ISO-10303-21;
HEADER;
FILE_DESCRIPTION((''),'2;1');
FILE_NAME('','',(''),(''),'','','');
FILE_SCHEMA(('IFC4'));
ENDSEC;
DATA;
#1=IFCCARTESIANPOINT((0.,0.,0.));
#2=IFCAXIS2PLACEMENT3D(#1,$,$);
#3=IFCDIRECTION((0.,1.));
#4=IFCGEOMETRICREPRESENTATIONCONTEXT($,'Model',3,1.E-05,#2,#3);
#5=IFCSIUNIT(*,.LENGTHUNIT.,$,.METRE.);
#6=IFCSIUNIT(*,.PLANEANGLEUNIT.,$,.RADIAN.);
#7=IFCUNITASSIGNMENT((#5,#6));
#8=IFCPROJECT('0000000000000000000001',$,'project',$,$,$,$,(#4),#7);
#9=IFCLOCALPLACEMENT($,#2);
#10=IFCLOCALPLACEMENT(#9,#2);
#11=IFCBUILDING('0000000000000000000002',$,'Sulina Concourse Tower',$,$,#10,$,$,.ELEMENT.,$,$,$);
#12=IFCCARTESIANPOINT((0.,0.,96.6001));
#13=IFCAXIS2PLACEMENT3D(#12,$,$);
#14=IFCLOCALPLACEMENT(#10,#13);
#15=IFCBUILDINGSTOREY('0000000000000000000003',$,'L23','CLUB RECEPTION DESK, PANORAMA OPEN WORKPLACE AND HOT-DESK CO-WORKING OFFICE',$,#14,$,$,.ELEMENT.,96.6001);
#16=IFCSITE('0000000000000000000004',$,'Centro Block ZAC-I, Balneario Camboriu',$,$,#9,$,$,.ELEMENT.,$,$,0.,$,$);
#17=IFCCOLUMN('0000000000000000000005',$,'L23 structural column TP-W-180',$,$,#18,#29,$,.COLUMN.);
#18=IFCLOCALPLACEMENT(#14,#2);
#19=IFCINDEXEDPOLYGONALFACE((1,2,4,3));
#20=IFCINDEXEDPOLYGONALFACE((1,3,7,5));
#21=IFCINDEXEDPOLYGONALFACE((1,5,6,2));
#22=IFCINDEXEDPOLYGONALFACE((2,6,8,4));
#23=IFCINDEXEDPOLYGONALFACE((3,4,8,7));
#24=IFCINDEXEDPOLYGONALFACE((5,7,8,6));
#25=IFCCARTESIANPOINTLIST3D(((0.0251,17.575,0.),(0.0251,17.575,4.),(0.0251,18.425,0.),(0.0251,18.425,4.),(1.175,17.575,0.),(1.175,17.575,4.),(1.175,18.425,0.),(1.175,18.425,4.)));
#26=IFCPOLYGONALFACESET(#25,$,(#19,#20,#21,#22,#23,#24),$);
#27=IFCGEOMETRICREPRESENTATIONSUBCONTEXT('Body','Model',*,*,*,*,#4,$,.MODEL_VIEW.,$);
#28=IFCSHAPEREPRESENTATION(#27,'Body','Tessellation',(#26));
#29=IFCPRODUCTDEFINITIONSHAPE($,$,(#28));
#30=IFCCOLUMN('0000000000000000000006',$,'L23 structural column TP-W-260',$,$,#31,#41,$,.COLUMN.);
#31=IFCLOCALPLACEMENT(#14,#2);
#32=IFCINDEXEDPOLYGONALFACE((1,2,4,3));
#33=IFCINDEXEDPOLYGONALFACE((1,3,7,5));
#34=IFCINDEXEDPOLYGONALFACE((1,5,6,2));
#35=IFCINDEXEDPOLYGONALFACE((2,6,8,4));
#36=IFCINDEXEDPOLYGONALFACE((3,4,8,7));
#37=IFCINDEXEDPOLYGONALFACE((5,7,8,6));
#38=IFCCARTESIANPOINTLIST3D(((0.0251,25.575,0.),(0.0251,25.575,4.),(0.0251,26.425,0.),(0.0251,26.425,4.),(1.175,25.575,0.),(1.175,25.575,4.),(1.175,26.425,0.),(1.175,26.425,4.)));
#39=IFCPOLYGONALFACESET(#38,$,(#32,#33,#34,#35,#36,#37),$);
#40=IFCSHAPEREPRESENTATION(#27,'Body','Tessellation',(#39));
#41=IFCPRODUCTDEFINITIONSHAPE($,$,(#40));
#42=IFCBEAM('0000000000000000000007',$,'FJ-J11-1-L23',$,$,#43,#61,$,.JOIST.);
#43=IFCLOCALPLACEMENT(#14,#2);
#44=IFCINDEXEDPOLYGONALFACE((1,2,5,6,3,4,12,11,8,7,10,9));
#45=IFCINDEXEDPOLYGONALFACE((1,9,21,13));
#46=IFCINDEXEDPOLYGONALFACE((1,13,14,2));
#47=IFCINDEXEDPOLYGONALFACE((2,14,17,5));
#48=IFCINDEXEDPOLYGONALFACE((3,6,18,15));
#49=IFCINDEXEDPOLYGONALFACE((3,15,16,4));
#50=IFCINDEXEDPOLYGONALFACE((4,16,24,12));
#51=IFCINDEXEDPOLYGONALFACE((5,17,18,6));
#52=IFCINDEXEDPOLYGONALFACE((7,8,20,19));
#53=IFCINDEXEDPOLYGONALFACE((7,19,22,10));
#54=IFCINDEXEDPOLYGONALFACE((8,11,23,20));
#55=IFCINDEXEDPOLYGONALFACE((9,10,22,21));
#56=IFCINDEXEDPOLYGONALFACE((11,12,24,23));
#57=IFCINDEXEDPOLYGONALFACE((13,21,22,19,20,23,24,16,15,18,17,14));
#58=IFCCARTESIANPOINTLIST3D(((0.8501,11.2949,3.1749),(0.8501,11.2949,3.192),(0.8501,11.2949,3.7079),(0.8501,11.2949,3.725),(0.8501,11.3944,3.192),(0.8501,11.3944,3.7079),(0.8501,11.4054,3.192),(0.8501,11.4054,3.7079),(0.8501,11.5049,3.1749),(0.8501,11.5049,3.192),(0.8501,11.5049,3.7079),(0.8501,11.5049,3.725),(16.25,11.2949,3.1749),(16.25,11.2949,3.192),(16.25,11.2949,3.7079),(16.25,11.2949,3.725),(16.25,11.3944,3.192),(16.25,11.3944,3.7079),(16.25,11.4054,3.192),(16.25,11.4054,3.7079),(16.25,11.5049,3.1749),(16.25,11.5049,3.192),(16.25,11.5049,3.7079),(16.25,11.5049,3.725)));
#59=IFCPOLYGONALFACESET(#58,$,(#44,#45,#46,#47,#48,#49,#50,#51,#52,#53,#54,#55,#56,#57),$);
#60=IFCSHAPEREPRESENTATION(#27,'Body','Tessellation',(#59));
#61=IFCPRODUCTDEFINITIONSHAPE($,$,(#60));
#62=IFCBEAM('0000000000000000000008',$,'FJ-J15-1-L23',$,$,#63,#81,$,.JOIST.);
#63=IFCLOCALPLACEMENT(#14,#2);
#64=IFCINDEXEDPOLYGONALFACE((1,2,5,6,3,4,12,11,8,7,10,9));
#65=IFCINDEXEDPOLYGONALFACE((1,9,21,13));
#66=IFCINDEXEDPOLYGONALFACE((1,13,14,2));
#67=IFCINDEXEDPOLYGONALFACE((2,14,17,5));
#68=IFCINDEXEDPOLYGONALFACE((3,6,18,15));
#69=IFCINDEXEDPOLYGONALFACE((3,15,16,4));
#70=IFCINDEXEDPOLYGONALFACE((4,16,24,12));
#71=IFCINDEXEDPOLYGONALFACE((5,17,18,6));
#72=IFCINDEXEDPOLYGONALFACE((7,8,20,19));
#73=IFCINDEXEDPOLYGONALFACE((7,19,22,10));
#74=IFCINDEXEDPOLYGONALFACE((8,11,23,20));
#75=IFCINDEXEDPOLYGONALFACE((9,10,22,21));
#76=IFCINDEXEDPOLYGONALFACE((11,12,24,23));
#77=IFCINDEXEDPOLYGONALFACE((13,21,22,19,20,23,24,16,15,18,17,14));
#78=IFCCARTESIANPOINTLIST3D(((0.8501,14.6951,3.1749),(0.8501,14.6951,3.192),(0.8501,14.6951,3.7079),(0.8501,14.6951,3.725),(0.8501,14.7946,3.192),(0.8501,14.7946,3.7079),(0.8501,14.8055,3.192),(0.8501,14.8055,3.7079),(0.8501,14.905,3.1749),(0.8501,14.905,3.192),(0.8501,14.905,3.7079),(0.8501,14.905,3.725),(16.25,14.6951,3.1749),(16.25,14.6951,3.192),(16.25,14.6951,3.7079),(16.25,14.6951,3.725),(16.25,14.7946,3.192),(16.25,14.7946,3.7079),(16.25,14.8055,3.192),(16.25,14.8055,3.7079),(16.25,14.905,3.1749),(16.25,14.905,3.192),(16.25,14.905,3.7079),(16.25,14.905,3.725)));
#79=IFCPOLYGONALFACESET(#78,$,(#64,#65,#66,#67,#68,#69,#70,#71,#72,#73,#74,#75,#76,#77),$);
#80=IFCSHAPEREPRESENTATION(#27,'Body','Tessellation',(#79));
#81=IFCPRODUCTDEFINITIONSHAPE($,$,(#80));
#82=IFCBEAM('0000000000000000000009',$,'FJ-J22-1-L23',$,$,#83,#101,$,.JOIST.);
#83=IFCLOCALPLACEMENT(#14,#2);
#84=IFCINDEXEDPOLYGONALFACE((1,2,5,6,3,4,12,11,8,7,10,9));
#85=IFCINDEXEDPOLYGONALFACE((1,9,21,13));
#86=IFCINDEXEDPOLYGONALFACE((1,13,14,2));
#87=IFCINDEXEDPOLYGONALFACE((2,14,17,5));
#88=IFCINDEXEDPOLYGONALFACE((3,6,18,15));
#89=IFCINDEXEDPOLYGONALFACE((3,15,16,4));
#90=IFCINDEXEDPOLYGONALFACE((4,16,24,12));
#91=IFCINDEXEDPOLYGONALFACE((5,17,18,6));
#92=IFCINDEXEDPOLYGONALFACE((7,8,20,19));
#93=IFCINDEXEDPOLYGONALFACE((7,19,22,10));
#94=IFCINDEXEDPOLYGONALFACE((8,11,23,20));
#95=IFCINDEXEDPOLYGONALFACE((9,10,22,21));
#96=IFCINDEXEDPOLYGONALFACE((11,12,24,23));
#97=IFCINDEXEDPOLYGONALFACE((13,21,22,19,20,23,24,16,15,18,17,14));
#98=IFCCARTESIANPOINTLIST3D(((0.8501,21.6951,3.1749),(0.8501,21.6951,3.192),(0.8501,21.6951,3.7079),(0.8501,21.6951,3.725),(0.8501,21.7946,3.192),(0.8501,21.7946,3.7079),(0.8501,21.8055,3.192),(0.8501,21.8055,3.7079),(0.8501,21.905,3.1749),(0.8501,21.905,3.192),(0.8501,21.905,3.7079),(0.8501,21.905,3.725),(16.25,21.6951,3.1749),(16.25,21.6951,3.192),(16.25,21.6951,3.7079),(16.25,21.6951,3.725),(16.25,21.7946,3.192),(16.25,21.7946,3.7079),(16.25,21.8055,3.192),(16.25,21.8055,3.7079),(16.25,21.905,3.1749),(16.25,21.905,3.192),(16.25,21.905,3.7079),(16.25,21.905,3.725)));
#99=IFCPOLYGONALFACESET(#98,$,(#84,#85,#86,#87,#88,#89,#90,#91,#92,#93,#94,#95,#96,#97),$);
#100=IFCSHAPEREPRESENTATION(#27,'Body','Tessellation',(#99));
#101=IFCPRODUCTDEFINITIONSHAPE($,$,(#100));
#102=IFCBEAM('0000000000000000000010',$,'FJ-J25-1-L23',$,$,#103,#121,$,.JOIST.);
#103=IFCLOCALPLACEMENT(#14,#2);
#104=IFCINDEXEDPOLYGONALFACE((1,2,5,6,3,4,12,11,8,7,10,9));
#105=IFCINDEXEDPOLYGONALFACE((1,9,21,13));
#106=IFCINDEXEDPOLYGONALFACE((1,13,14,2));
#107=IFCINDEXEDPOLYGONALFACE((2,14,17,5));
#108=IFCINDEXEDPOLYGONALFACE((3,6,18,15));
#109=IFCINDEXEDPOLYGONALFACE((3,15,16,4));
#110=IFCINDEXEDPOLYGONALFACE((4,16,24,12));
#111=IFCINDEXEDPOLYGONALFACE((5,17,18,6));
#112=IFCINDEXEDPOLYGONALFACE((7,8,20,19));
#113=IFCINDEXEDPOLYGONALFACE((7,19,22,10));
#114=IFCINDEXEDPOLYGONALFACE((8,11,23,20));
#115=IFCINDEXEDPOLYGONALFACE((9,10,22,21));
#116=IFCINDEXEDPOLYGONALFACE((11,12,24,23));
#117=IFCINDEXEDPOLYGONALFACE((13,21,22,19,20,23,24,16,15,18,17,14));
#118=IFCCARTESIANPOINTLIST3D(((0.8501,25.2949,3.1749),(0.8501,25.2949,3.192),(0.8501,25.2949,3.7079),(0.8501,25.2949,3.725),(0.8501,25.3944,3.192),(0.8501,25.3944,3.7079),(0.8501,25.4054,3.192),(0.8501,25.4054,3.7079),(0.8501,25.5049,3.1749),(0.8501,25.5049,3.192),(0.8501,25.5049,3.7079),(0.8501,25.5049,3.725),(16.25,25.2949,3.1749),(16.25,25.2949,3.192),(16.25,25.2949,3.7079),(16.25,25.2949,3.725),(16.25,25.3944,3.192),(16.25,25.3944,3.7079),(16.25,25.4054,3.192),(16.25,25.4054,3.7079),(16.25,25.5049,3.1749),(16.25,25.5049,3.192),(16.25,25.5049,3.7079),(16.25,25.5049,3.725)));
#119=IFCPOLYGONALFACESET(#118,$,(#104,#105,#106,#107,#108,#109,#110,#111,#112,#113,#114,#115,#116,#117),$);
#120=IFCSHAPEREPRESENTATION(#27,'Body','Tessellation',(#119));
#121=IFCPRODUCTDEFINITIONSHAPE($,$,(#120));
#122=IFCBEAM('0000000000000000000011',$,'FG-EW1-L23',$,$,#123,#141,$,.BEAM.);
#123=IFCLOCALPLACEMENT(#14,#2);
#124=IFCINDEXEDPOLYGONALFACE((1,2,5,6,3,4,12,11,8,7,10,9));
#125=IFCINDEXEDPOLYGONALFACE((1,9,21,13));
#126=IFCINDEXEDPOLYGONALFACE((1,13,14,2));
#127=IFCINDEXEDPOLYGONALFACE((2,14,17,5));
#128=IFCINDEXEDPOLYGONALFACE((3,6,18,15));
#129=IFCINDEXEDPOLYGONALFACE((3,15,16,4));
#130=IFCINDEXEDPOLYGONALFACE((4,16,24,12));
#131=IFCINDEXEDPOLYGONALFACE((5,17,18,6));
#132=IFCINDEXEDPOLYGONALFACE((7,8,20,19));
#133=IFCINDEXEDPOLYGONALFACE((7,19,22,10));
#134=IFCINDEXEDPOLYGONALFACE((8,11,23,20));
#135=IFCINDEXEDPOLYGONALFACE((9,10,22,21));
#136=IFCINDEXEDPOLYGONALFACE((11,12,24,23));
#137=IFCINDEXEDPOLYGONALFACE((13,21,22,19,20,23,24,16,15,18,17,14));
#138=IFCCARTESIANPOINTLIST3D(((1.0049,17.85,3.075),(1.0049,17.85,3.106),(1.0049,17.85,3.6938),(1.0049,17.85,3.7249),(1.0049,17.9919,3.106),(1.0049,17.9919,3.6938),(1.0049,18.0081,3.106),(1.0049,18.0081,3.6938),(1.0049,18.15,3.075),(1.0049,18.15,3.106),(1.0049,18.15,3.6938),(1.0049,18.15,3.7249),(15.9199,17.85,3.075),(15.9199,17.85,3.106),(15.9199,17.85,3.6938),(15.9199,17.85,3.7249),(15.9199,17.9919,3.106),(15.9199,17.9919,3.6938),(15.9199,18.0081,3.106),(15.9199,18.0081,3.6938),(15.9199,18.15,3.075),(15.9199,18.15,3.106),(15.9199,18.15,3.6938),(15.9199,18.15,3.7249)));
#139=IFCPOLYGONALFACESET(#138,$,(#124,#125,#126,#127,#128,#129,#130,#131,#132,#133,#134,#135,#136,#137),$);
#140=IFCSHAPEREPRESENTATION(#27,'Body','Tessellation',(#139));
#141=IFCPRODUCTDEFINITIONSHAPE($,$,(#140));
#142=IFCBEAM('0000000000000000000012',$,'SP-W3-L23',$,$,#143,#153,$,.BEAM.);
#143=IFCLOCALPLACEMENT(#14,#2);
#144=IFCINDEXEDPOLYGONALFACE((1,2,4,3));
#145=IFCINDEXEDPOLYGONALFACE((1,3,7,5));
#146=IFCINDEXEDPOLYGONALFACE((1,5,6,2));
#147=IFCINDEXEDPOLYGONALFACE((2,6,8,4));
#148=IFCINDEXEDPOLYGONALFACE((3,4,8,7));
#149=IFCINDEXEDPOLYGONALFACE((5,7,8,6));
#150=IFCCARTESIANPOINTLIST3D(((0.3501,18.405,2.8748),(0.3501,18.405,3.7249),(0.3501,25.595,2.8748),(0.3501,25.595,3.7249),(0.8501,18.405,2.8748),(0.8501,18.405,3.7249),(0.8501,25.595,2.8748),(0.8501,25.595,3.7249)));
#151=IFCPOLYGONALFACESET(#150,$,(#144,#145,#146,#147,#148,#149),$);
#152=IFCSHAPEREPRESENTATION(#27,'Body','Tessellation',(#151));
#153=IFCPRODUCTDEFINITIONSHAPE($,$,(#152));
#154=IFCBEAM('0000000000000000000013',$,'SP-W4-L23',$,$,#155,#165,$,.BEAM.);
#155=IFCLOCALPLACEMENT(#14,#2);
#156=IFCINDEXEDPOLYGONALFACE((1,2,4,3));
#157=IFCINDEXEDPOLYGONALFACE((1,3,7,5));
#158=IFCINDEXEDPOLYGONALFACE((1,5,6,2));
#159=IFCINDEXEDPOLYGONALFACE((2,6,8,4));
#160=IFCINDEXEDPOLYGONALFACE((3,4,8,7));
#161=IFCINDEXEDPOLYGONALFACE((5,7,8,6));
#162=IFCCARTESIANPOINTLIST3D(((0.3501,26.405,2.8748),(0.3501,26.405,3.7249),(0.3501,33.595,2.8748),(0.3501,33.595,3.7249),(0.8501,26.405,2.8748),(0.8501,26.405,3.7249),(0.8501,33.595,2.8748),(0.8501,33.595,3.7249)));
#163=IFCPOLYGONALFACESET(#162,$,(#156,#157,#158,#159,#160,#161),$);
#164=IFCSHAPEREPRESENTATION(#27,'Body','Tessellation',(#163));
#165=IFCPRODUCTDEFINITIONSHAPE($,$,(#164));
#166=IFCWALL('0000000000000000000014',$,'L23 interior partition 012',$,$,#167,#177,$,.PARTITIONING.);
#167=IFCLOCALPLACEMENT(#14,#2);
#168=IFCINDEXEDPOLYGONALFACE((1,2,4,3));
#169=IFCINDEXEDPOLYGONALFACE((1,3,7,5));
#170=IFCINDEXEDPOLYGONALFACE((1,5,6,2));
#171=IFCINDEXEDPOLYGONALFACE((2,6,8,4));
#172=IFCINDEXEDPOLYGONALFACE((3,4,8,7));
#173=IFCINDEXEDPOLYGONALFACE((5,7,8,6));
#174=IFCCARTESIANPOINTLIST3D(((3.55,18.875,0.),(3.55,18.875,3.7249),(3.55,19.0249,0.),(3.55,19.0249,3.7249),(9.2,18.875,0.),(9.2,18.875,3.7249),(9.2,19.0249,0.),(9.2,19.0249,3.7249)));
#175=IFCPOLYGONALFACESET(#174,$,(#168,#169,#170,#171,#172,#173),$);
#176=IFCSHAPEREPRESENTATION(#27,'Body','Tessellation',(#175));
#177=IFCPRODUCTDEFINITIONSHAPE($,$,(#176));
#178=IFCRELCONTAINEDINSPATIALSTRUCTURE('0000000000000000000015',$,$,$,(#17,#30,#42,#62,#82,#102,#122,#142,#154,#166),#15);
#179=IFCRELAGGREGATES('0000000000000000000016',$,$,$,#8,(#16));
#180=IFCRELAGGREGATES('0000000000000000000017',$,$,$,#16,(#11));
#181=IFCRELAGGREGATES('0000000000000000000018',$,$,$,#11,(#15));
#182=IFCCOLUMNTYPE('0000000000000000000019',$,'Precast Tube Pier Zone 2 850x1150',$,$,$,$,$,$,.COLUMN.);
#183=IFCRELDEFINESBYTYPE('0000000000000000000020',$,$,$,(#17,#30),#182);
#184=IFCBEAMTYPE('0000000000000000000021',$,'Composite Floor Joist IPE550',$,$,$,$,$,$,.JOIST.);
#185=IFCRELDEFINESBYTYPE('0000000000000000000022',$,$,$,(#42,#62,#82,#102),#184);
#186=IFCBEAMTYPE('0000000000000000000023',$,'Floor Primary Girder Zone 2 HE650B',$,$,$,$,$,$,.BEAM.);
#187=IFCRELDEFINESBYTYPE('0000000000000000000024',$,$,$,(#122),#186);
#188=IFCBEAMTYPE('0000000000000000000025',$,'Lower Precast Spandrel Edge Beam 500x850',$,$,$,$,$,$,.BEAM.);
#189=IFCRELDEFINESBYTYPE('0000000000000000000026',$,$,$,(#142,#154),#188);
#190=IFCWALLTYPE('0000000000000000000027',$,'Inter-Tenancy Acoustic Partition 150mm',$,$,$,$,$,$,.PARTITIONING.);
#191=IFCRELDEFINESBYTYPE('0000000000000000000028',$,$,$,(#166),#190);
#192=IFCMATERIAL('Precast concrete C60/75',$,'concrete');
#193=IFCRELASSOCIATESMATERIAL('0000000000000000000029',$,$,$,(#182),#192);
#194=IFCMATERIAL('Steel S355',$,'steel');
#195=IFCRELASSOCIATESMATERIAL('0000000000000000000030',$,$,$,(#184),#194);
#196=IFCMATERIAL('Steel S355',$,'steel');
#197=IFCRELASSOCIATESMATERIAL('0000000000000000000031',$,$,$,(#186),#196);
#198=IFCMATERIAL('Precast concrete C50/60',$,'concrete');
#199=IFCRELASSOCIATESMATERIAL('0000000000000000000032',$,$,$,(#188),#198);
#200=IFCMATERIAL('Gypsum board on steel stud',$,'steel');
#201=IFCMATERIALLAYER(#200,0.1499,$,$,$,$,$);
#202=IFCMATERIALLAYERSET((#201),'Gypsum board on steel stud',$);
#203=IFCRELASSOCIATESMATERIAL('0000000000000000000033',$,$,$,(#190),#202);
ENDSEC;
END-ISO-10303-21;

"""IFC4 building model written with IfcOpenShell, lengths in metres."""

from ifc_helpers import new_model, si_unit, direction, frame, frame_2d, origin, origin_2d, place, context, subcontext, project, spatial, rectangle, i_section, extrude, material, layer, layer_set, material_profile, profile_set, type_object, element, save


model = new_model("IFC4")

# Units and contexts
model_context = context("Model", 3, precision=1e-05, world=origin(), true_north=direction((0.0, 1.0)))
body_context = subcontext(model_context, "Body", "Model", "MODEL_VIEW")
ifc_project = project(units=[si_unit("LENGTHUNIT", "METRE"), si_unit("PLANEANGLEUNIT", "RADIAN")], contexts=[model_context])

# Site, building, storey
site_placement = place(None, origin())
site = spatial("IfcSite", under=ifc_project, at=site_placement, Name="Centro Block ZAC-I, Balneario Camboriu", CompositionType="ELEMENT", RefElevation=0.0)
building_placement = place(site_placement, origin())
building = spatial("IfcBuilding", under=site, at=building_placement, Name="Sulina Concourse Tower", CompositionType="ELEMENT")
storey_placement = place(building_placement, frame((0.0, 0.0, 96.6001)))
storey = spatial("IfcBuildingStorey", under=building, at=storey_placement, Name="L23", Description="CLUB RECEPTION DESK, PANORAMA OPEN WORKPLACE AND HOT-DESK CO-WORKING OFFICE", CompositionType="ELEMENT", Elevation=96.6001)

# Columns
ifc_material_1 = material(Name="Precast concrete C60/75", Category="concrete")
ifc_material_profile_1 = material_profile(ifc_material_1, rectangle(XDim=0.8501, YDim=1.1499, at=origin_2d()), Name="PC 850x1150")
ifc_profile_set_1 = profile_set([ifc_material_profile_1], Name="Precast concrete C60/75")
column_type = type_object("IfcColumnType", Name="Precast Tube Pier Zone 2 850x1150", PredefinedType="COLUMN", material=ifc_profile_set_1)
for number, where, z_axis, x_axis, name in (
    (1, (0.6001, 18.0, 0.0), (0.0, 0.0, 1.0), (0.0, 1.0, 0.0), "L23 structural column TP-W-180"),
    (2, (0.6001, 26.0, 0.0), (0.0, 0.0, 1.0), (0.0, 1.0, 0.0), "L23 structural column TP-W-260"),
):
    element("IfcColumn", number, at=place(storey_placement, frame(where, z_axis=z_axis, x_axis=x_axis)), inside=storey, type_object=column_type, Name=name, PredefinedType="COLUMN", context=body_context, shape_type="SweptSolid", body=[
        extrude(rectangle(XDim=0.8501, YDim=1.1499, at=origin_2d()), origin(), (0.0, 0.0, 1.0), 4.0),
    ])

# Beams
ifc_material_2 = material(Name="Steel S355", Category="steel")
ifc_material_profile_2 = material_profile(ifc_material_2, i_section(OverallWidth=0.21, OverallDepth=0.55, WebThickness=0.011, FlangeThickness=0.0171, at=origin_2d()), Name="IPE 550")
ifc_profile_set_2 = profile_set([ifc_material_profile_2], Name="Steel S355")
beam_type_1 = type_object("IfcBeamType", Name="Composite Floor Joist IPE550", PredefinedType="JOIST", material=ifc_profile_set_2)
for number, where, z_axis, x_axis, name in (
    (3, (0.8501, 11.3999, 3.45), (1.0, 0.0, 0.0), (0.0, 1.0, 0.0), "FJ-J11-1-L23"),
    (4, (0.8501, 14.8, 3.45), (1.0, 0.0, 0.0), (0.0, 1.0, 0.0), "FJ-J15-1-L23"),
    (5, (0.8501, 21.8, 3.45), (1.0, 0.0, 0.0), (0.0, 1.0, 0.0), "FJ-J22-1-L23"),
    (6, (0.8501, 25.3999, 3.45), (1.0, 0.0, 0.0), (0.0, 1.0, 0.0), "FJ-J25-1-L23"),
):
    element("IfcBeam", number, at=place(storey_placement, frame(where, z_axis=z_axis, x_axis=x_axis)), inside=storey, type_object=beam_type_1, Name=name, PredefinedType="JOIST", context=body_context, shape_type="SweptSolid", body=[
        extrude(i_section(OverallWidth=0.21, OverallDepth=0.55, WebThickness=0.011, FlangeThickness=0.0171, at=origin_2d()), origin(), (0.0, 0.0, 1.0), 15.3999),
    ])
ifc_material_3 = material(Name="Steel S355", Category="steel")
ifc_material_profile_3 = material_profile(ifc_material_3, i_section(OverallWidth=0.3, OverallDepth=0.6499, WebThickness=0.0161, FlangeThickness=0.031, at=origin_2d()), Name="HE 650 B")
ifc_profile_set_3 = profile_set([ifc_material_profile_3], Name="Steel S355")
beam_type_2 = type_object("IfcBeamType", Name="Floor Primary Girder Zone 2 HE650B", PredefinedType="BEAM", material=ifc_profile_set_3)
beam_placement = place(storey_placement, frame((1.0049, 18.0, 3.3999), z_axis=(1.0, 0.0, 0.0), x_axis=(0.0, 1.0, 0.0)))
element("IfcBeam", 7, at=beam_placement, inside=storey, type_object=beam_type_2, Name="FG-EW1-L23", PredefinedType="BEAM", context=body_context, shape_type="SweptSolid", body=[
    extrude(i_section(OverallWidth=0.3, OverallDepth=0.6499, WebThickness=0.0161, FlangeThickness=0.031, at=origin_2d()), origin(), (0.0, 0.0, 1.0), 14.915),
])
ifc_material_4 = material(Name="Precast concrete C50/60", Category="concrete")
ifc_material_profile_4 = material_profile(ifc_material_4, rectangle(XDim=0.5, YDim=0.8501, at=origin_2d()), Name="RC 500x850")
ifc_profile_set_4 = profile_set([ifc_material_profile_4], Name="Precast concrete C50/60")
beam_type_3 = type_object("IfcBeamType", Name="Lower Precast Spandrel Edge Beam 500x850", PredefinedType="BEAM", material=ifc_profile_set_4)
for number, where, z_axis, x_axis, name in (
    (8, (0.6001, 18.405, 3.2998), (0.0, 1.0, 0.0), (-1.0, 0.0, 0.0), "SP-W3-L23"),
    (9, (0.6001, 26.405, 3.2998), (0.0, 1.0, 0.0), (-1.0, 0.0, 0.0), "SP-W4-L23"),
):
    element("IfcBeam", number, at=place(storey_placement, frame(where, z_axis=z_axis, x_axis=x_axis)), inside=storey, type_object=beam_type_3, Name=name, PredefinedType="BEAM", context=body_context, shape_type="SweptSolid", body=[
        extrude(rectangle(XDim=0.5, YDim=0.8501, at=origin_2d()), origin(), (0.0, 0.0, 1.0), 7.1899),
    ])

# Wall
ifc_material_5 = material(Name="Gypsum board on steel stud", Category="steel")
ifc_layer_1 = layer(ifc_material_5, 0.1499)
ifc_layer_set_1 = layer_set([ifc_layer_1], Name="Gypsum board on steel stud")
wall_type_1 = type_object("IfcWallType", Name="Inter-Tenancy Acoustic Partition 150mm", PredefinedType="PARTITIONING", material=ifc_layer_set_1)
wall_1_placement = place(storey_placement, frame((3.55, 18.95, 0.0), z_axis=(0.0, 0.0, 1.0), x_axis=(1.0, 0.0, 0.0)))
element("IfcWall", 10, at=wall_1_placement, inside=storey, type_object=wall_type_1, Name="L23 interior partition 012", PredefinedType="PARTITIONING", context=body_context, shape_type="SweptSolid", body=[
    extrude(rectangle(XDim=5.6499, YDim=0.1499, at=frame_2d((2.825, 0.0))), origin(), (0.0, 0.0, 1.0), 3.7249),
])

save(model, "model.ifc")
